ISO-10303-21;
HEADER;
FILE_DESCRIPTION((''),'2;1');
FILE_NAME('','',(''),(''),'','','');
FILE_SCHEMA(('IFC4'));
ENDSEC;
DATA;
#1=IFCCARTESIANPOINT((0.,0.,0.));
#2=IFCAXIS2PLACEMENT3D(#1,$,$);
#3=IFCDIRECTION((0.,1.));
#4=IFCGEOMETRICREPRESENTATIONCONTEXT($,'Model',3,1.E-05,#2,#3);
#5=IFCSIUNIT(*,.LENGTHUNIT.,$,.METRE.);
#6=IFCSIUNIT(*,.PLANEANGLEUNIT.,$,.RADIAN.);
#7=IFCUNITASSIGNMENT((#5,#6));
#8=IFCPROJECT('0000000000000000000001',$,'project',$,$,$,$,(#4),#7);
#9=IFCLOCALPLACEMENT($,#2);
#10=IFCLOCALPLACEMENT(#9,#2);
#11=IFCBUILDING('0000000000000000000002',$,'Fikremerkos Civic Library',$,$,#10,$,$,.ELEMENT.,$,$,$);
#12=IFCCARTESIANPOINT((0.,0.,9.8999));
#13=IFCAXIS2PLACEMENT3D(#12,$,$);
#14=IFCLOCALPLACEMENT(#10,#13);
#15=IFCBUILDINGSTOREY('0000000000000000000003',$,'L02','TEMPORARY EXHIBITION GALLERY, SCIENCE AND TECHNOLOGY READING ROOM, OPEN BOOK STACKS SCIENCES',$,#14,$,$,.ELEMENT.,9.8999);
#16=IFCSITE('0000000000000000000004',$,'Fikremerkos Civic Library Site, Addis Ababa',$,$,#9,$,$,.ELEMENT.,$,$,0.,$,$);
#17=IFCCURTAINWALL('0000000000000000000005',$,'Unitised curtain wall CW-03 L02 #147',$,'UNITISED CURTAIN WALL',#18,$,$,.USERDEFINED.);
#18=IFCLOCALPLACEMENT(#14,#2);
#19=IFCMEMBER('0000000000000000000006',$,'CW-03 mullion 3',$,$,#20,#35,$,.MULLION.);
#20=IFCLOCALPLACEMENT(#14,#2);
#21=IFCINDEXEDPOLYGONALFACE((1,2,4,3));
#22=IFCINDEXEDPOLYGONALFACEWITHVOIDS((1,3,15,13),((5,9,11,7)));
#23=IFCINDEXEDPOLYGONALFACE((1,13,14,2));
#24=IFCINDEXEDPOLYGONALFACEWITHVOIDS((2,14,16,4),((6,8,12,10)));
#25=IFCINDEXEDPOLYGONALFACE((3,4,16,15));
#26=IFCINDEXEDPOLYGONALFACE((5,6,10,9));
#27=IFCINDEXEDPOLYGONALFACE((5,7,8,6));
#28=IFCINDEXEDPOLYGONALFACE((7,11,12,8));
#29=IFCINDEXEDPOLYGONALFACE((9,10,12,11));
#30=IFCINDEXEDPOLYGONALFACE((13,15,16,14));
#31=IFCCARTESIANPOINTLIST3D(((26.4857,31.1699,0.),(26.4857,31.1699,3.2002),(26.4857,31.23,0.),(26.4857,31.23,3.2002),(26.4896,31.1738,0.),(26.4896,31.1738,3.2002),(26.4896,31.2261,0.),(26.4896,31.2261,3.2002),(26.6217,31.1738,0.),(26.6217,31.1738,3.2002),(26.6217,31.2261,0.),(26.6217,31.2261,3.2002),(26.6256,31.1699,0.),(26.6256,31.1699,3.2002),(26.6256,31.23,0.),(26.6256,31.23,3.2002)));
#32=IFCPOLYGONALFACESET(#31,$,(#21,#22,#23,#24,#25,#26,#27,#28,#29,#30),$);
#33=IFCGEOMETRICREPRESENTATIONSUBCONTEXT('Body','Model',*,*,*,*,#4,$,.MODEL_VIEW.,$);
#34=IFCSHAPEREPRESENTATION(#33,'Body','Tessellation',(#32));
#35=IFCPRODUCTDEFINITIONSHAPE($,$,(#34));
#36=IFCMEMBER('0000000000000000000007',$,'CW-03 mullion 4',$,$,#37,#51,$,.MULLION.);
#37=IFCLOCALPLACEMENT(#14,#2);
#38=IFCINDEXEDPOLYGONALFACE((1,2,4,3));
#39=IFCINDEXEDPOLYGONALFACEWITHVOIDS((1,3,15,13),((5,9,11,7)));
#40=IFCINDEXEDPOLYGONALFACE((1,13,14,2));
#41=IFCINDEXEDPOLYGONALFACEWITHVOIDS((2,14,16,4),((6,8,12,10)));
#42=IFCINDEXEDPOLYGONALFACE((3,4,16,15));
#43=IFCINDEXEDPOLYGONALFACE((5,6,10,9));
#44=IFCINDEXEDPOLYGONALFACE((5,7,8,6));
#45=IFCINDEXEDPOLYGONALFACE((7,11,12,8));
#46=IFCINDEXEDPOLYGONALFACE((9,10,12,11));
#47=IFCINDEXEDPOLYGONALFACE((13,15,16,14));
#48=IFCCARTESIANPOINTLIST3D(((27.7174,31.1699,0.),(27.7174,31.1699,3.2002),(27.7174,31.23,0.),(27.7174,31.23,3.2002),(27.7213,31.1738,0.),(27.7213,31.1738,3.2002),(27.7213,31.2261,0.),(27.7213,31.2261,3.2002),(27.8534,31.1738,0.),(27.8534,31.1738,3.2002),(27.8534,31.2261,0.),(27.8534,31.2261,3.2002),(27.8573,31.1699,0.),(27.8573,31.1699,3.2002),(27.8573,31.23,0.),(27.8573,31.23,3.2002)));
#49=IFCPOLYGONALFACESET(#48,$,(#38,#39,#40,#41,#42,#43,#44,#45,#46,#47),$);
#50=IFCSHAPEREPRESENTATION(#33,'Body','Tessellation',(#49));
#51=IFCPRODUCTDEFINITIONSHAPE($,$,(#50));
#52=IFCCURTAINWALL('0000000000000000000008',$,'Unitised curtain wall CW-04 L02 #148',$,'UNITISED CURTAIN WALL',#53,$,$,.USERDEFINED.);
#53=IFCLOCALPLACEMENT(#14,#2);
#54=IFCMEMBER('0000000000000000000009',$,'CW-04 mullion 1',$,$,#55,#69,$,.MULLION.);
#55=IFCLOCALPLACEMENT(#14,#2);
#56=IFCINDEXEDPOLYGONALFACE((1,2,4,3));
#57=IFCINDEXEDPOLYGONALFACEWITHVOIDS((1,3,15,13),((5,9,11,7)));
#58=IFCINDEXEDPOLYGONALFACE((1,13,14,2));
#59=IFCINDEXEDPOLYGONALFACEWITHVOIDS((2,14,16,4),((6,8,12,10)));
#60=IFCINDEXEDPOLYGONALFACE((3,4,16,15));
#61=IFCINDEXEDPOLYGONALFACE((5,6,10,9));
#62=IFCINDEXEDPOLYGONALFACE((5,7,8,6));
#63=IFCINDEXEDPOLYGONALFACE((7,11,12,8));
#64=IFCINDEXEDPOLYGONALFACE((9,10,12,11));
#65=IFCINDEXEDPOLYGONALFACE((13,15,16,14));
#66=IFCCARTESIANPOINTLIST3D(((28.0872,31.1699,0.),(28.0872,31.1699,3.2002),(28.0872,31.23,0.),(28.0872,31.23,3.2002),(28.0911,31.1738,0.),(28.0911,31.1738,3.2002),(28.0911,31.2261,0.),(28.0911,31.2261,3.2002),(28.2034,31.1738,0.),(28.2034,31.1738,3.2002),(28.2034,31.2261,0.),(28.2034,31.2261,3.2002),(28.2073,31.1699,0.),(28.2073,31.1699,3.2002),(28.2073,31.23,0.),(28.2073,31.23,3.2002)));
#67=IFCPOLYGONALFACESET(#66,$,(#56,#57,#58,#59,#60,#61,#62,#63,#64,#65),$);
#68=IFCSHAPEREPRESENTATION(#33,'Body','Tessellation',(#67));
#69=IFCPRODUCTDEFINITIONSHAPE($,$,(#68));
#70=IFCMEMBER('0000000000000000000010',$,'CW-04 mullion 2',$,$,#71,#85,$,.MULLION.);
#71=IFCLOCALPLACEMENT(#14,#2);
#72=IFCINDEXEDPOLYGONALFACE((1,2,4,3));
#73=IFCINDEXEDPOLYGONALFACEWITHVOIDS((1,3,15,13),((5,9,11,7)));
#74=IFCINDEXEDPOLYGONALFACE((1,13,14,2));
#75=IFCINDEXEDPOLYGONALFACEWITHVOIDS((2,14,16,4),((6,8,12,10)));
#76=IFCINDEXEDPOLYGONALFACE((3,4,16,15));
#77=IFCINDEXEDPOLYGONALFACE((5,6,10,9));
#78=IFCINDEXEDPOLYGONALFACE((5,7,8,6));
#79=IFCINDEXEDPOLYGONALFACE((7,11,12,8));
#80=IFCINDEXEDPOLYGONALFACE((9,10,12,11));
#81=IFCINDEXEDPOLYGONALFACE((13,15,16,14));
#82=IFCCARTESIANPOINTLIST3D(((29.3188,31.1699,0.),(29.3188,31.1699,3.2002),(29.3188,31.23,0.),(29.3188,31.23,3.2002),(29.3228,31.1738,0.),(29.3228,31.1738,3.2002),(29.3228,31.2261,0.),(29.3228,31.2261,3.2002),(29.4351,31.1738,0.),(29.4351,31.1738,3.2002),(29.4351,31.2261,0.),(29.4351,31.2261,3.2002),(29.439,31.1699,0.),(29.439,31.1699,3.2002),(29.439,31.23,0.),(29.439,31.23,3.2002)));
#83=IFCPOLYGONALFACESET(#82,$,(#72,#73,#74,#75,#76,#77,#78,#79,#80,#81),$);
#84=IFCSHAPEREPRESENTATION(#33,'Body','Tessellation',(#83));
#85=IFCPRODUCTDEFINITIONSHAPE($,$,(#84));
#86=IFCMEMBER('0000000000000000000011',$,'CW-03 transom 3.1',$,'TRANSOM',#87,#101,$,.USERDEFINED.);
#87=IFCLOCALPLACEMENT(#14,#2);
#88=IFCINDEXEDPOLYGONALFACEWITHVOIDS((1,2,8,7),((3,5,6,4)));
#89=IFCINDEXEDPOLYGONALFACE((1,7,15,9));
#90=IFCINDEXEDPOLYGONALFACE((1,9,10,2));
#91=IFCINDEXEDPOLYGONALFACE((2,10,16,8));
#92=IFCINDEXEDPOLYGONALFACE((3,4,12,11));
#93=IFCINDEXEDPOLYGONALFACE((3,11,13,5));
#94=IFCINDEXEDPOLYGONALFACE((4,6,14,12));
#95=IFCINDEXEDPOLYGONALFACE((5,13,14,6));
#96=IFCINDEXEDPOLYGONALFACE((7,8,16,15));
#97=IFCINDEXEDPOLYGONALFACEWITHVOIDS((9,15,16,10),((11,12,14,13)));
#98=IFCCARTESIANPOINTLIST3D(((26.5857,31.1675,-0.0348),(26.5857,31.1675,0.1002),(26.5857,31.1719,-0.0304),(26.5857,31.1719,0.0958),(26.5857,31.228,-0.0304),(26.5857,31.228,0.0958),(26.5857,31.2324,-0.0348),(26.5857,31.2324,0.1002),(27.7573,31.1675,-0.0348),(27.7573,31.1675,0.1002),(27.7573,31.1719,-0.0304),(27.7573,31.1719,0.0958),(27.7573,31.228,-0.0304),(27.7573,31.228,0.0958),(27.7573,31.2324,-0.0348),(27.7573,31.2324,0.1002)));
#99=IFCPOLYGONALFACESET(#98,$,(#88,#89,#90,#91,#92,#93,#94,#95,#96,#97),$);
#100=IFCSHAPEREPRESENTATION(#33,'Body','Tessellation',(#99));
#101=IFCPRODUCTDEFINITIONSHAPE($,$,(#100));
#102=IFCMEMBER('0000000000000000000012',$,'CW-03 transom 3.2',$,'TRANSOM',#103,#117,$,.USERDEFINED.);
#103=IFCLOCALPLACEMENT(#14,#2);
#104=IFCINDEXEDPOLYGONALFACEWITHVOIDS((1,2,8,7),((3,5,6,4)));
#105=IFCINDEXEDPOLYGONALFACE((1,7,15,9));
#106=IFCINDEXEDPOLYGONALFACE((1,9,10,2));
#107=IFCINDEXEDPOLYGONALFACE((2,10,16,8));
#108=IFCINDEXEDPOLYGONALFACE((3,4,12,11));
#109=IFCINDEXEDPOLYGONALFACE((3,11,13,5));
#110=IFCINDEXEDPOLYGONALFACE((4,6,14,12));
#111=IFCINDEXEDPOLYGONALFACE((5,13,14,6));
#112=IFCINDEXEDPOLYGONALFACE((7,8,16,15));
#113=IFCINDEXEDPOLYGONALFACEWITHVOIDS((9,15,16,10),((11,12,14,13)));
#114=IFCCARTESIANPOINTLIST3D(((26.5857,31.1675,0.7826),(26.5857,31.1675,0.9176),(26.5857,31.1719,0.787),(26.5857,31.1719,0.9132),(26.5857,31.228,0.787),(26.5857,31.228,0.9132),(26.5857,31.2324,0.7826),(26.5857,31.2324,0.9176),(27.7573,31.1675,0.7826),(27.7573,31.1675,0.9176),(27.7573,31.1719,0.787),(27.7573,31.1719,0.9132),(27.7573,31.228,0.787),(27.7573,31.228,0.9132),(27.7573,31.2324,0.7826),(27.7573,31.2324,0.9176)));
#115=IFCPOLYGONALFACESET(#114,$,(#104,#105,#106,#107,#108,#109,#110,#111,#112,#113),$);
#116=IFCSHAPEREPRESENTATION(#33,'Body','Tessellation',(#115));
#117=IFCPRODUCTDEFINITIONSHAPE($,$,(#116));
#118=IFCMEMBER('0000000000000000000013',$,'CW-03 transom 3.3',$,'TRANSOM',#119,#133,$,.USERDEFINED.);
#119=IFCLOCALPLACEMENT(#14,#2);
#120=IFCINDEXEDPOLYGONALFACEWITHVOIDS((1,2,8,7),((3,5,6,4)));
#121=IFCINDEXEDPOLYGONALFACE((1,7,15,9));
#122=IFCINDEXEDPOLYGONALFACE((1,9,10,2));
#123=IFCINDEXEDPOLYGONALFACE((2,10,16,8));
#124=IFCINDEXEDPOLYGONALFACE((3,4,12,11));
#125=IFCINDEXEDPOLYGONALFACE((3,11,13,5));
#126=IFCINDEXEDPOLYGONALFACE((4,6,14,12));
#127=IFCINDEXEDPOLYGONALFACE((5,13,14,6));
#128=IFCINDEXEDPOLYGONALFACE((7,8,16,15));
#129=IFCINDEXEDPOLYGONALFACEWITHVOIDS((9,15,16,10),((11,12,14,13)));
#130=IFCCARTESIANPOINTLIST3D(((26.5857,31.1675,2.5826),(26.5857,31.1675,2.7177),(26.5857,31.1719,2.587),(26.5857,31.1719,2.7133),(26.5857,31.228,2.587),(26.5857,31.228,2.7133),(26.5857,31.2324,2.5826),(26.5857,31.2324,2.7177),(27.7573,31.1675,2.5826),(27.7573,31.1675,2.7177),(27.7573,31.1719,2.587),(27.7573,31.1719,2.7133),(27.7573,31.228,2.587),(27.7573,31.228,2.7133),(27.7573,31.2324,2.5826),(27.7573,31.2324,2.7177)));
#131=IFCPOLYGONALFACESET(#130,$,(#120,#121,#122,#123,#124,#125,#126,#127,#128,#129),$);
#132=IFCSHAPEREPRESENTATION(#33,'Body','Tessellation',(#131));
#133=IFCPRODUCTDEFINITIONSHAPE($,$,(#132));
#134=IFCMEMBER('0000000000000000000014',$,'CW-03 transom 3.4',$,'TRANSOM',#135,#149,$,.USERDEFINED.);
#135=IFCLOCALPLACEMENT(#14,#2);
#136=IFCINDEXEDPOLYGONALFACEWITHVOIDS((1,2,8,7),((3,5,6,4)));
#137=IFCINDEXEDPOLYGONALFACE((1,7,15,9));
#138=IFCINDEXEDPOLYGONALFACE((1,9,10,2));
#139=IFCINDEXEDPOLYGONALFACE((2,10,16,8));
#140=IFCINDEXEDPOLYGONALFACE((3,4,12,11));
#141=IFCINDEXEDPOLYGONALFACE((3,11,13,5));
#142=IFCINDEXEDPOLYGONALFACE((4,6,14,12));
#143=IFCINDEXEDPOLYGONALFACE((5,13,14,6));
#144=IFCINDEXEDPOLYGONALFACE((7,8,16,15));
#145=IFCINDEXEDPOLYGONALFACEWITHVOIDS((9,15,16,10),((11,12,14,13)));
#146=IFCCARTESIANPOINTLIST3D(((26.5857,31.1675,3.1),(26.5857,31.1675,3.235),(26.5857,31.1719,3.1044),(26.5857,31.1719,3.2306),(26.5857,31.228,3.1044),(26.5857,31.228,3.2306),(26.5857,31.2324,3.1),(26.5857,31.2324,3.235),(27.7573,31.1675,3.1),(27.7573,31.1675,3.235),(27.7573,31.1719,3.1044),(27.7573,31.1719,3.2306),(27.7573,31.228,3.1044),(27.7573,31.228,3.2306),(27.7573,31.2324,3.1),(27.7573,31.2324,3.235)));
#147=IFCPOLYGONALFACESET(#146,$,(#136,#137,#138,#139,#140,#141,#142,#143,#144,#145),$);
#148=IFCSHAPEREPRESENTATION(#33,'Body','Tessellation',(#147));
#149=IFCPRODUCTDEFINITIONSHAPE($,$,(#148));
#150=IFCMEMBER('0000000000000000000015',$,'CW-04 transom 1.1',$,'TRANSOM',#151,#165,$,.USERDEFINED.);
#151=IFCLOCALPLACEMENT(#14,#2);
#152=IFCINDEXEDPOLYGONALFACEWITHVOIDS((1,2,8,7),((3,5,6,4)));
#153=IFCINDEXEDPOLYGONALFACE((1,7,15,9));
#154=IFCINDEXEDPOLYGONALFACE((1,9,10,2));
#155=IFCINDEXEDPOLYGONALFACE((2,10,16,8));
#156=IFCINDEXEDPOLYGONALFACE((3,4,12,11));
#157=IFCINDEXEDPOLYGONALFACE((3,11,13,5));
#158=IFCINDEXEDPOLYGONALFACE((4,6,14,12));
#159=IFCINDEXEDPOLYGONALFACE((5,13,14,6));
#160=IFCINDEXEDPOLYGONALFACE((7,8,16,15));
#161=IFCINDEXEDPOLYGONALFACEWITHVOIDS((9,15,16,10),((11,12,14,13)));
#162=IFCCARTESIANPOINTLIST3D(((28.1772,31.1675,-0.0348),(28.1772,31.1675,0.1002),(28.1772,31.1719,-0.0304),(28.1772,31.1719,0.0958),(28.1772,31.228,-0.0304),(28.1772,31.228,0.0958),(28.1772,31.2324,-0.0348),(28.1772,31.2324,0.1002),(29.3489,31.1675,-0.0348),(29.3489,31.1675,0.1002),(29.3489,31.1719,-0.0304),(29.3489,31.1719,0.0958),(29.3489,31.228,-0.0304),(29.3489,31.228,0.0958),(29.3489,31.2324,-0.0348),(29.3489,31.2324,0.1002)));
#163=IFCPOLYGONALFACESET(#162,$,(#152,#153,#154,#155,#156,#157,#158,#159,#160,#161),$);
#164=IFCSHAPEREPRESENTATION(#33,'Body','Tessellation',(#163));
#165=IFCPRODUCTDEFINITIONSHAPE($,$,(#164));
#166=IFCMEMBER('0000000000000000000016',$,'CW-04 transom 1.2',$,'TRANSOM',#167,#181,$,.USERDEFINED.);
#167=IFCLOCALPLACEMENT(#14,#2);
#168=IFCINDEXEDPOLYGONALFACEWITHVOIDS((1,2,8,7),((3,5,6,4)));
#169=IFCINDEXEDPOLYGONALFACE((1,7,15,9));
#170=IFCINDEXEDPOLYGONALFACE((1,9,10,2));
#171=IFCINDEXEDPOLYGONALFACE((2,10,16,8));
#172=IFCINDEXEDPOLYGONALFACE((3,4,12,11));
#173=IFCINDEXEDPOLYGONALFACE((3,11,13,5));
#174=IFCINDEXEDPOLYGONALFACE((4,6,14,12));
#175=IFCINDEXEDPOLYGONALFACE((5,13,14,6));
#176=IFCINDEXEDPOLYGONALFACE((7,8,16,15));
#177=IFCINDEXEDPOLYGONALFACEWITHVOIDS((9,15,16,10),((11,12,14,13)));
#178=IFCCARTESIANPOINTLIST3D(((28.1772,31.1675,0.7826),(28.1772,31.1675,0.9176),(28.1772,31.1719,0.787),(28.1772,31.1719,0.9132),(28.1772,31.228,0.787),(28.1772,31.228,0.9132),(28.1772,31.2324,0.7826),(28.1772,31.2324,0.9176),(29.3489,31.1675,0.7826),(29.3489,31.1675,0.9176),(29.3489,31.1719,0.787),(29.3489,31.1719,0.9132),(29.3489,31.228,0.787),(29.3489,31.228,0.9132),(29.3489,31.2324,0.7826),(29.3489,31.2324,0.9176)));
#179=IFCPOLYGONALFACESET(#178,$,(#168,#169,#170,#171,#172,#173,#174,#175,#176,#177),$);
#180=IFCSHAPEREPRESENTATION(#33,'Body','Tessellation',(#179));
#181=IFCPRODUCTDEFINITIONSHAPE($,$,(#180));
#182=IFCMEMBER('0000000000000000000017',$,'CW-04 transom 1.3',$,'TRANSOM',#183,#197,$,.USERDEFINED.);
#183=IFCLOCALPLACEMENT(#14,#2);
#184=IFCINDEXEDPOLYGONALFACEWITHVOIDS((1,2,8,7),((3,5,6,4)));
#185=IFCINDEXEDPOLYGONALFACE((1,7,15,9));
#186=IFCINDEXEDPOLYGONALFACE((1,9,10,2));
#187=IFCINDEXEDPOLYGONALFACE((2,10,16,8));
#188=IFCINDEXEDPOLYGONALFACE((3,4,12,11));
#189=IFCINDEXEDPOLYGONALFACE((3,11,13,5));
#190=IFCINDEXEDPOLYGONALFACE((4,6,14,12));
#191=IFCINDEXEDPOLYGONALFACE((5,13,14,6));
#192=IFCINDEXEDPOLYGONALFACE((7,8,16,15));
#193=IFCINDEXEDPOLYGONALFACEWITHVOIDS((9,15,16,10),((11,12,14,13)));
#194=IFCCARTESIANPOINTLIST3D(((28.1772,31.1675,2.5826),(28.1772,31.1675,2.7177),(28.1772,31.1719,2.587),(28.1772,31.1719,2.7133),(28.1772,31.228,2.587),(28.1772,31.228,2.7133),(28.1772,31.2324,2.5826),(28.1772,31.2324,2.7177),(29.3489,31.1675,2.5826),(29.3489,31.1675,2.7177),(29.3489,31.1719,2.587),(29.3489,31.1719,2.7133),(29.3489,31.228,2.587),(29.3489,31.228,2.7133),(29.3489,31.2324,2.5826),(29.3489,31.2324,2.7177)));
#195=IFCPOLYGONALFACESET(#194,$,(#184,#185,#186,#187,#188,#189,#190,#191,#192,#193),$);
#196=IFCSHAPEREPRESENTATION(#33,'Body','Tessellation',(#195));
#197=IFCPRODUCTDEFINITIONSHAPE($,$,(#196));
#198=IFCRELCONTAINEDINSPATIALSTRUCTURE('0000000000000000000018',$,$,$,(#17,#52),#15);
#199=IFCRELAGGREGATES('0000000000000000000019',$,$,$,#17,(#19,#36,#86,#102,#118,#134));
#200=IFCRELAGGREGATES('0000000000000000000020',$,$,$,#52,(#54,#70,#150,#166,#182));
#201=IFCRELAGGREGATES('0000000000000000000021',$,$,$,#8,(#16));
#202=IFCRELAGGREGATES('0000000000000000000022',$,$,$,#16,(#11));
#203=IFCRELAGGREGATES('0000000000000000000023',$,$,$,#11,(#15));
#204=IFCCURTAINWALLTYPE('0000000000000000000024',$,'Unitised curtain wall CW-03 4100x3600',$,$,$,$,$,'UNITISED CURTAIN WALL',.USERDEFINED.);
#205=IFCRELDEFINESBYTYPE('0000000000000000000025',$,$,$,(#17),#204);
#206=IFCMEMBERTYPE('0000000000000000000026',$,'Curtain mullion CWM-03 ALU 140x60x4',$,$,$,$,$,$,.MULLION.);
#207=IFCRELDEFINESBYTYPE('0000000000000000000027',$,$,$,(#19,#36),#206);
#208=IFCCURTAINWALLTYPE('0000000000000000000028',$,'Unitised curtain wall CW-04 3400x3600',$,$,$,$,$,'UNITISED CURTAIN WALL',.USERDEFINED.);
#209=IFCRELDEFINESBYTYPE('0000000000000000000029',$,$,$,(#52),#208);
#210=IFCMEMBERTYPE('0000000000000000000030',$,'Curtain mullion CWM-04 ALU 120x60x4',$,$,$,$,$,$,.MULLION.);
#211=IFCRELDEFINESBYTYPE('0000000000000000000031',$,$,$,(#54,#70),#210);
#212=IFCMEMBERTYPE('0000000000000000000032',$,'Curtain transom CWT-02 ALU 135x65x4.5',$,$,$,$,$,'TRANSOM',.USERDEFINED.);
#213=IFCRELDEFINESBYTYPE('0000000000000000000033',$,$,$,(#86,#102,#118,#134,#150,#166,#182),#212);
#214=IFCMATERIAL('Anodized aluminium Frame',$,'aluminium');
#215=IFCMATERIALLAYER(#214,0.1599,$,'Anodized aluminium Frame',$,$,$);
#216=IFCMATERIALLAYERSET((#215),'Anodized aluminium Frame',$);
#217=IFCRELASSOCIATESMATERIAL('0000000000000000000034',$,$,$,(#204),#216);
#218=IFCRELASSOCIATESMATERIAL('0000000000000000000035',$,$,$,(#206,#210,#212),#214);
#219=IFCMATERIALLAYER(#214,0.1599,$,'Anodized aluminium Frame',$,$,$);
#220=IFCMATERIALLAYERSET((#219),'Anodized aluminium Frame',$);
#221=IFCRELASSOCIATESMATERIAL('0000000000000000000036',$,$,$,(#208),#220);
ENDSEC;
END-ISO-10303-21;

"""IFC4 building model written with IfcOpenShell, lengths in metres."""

from ifc_helpers import new_model, si_unit, direction, frame, origin, origin_2d, place, context, subcontext, project, spatial, hollow_rectangle, extrude, material, layer, layer_set, material_profile, profile_set, type_object, element, aggregate, save


model = new_model("IFC4")

# Units and contexts
model_context = context("Model", 3, precision=1e-05, world=origin(), true_north=direction((0.0, 1.0)))
body_context = subcontext(model_context, "Body", "Model", "MODEL_VIEW")
ifc_project = project(units=[si_unit("LENGTHUNIT", "METRE"), si_unit("PLANEANGLEUNIT", "RADIAN")], contexts=[model_context])

# Site, building, storey
site_placement = place(None, origin())
site = spatial("IfcSite", under=ifc_project, at=site_placement, Name="Fikremerkos Civic Library Site, Addis Ababa", CompositionType="ELEMENT", RefElevation=0.0)
building_placement = place(site_placement, origin())
building = spatial("IfcBuilding", under=site, at=building_placement, Name="Fikremerkos Civic Library", CompositionType="ELEMENT")
storey_placement = place(building_placement, frame((0.0, 0.0, 9.8999)))
storey = spatial("IfcBuildingStorey", under=building, at=storey_placement, Name="L02", Description="TEMPORARY EXHIBITION GALLERY, SCIENCE AND TECHNOLOGY READING ROOM, OPEN BOOK STACKS SCIENCES", CompositionType="ELEMENT", Elevation=9.8999)

# Curtain walls, members
ifc_material_1 = material(Name="Anodized aluminium Frame", Category="aluminium")
ifc_layer_1 = layer(ifc_material_1, 0.1599, Name="Anodized aluminium Frame")
ifc_layer_set_1 = layer_set([ifc_layer_1], Name="Anodized aluminium Frame")
curtain_wall_type_1 = type_object("IfcCurtainWallType", Name="Unitised curtain wall CW-03 4100x3600", ElementType="UNITISED CURTAIN WALL", PredefinedType="USERDEFINED", material=ifc_layer_set_1)
curtain_wall_1_placement = place(storey_placement, origin())
curtain_wall_1 = element("IfcCurtainWall", 1, at=curtain_wall_1_placement, inside=storey, type_object=curtain_wall_type_1, Name="Unitised curtain wall CW-03 L02 #147", ObjectType="UNITISED CURTAIN WALL", PredefinedType="USERDEFINED")
ifc_material_profile_1 = material_profile(ifc_material_1, hollow_rectangle(XDim=0.0601, YDim=0.1399, WallThickness=0.0039, at=origin_2d()), Name="ALU 140x60x4")
ifc_profile_set_1 = profile_set([ifc_material_profile_1], Name="Anodized aluminium Frame")
member_type_1 = type_object("IfcMemberType", Name="Curtain mullion CWM-03 ALU 140x60x4", PredefinedType="MULLION", material=ifc_profile_set_1)
member_1_placement = place(storey_placement, frame((26.5557, 31.2, 0.0), z_axis=(0.0, 0.0, 1.0), x_axis=(0.0, 1.0, 0.0)))
member_1 = element("IfcMember", 2, at=member_1_placement, type_object=member_type_1, Name="CW-03 mullion 3", PredefinedType="MULLION", context=body_context, shape_type="SweptSolid", body=[
    extrude(hollow_rectangle(XDim=0.0601, YDim=0.1399, WallThickness=0.0039, at=origin_2d()), origin(), (0.0, 0.0, 1.0), 3.2002),
])
member_2_placement = place(storey_placement, frame((27.7874, 31.2, 0.0), z_axis=(0.0, 0.0, 1.0), x_axis=(0.0, 1.0, 0.0)))
member_2 = element("IfcMember", 3, at=member_2_placement, type_object=member_type_1, Name="CW-03 mullion 4", PredefinedType="MULLION", context=body_context, shape_type="SweptSolid", body=[
    extrude(hollow_rectangle(XDim=0.0601, YDim=0.1399, WallThickness=0.0039, at=origin_2d()), origin(), (0.0, 0.0, 1.0), 3.2002),
])
ifc_layer_2 = layer(ifc_material_1, 0.1599, Name="Anodized aluminium Frame")
ifc_layer_set_2 = layer_set([ifc_layer_2], Name="Anodized aluminium Frame")
curtain_wall_type_2 = type_object("IfcCurtainWallType", Name="Unitised curtain wall CW-04 3400x3600", ElementType="UNITISED CURTAIN WALL", PredefinedType="USERDEFINED", material=ifc_layer_set_2)
curtain_wall_2_placement = place(storey_placement, origin())
curtain_wall_2 = element("IfcCurtainWall", 4, at=curtain_wall_2_placement, inside=storey, type_object=curtain_wall_type_2, Name="Unitised curtain wall CW-04 L02 #148", ObjectType="UNITISED CURTAIN WALL", PredefinedType="USERDEFINED")
ifc_material_profile_2 = material_profile(ifc_material_1, hollow_rectangle(XDim=0.0601, YDim=0.1201, WallThickness=0.0039, at=origin_2d()), Name="ALU 120x60x4")
ifc_profile_set_2 = profile_set([ifc_material_profile_2], Name="Anodized aluminium Frame")
member_type_2 = type_object("IfcMemberType", Name="Curtain mullion CWM-04 ALU 120x60x4", PredefinedType="MULLION", material=ifc_profile_set_2)
member_3_placement = place(storey_placement, frame((28.1472, 31.2, 0.0), z_axis=(0.0, 0.0, 1.0), x_axis=(0.0, 1.0, 0.0)))
member_3 = element("IfcMember", 5, at=member_3_placement, type_object=member_type_2, Name="CW-04 mullion 1", PredefinedType="MULLION", context=body_context, shape_type="SweptSolid", body=[
    extrude(hollow_rectangle(XDim=0.0601, YDim=0.1201, WallThickness=0.0039, at=origin_2d()), origin(), (0.0, 0.0, 1.0), 3.2002),
])
member_4_placement = place(storey_placement, frame((29.3789, 31.2, 0.0), z_axis=(0.0, 0.0, 1.0), x_axis=(0.0, 1.0, 0.0)))
member_4 = element("IfcMember", 6, at=member_4_placement, type_object=member_type_2, Name="CW-04 mullion 2", PredefinedType="MULLION", context=body_context, shape_type="SweptSolid", body=[
    extrude(hollow_rectangle(XDim=0.0601, YDim=0.1201, WallThickness=0.0039, at=origin_2d()), origin(), (0.0, 0.0, 1.0), 3.2002),
])

# Members
ifc_material_profile_3 = material_profile(ifc_material_1, hollow_rectangle(XDim=0.0649, YDim=0.135, WallThickness=0.0044, at=origin_2d()), Name="ALU 135x65x4.5")
ifc_profile_set_3 = profile_set([ifc_material_profile_3], Name="Anodized aluminium Frame")
member_type_3 = type_object("IfcMemberType", Name="Curtain transom CWT-02 ALU 135x65x4.5", ElementType="TRANSOM", PredefinedType="USERDEFINED", material=ifc_profile_set_3)
member_5_placement = place(storey_placement, frame((26.5857, 31.2, 0.0327), z_axis=(1.0, 0.0, 0.0), x_axis=(0.0, 1.0, 0.0)))
member_5 = element("IfcMember", 7, at=member_5_placement, type_object=member_type_3, Name="CW-03 transom 3.1", ObjectType="TRANSOM", PredefinedType="USERDEFINED", context=body_context, shape_type="SweptSolid", body=[
    extrude(hollow_rectangle(XDim=0.0649, YDim=0.135, WallThickness=0.0044, at=origin_2d()), origin(), (0.0, 0.0, 1.0), 1.1716),
])
member_6_placement = place(storey_placement, frame((26.5857, 31.2, 0.8501), z_axis=(1.0, 0.0, 0.0), x_axis=(0.0, 1.0, 0.0)))
member_6 = element("IfcMember", 8, at=member_6_placement, type_object=member_type_3, Name="CW-03 transom 3.2", ObjectType="TRANSOM", PredefinedType="USERDEFINED", context=body_context, shape_type="SweptSolid", body=[
    extrude(hollow_rectangle(XDim=0.0649, YDim=0.135, WallThickness=0.0044, at=origin_2d()), origin(), (0.0, 0.0, 1.0), 1.1716),
])
member_7_placement = place(storey_placement, frame((26.5857, 31.2, 2.6501), z_axis=(1.0, 0.0, 0.0), x_axis=(0.0, 1.0, 0.0)))
member_7 = element("IfcMember", 9, at=member_7_placement, type_object=member_type_3, Name="CW-03 transom 3.3", ObjectType="TRANSOM", PredefinedType="USERDEFINED", context=body_context, shape_type="SweptSolid", body=[
    extrude(hollow_rectangle(XDim=0.0649, YDim=0.135, WallThickness=0.0044, at=origin_2d()), origin(), (0.0, 0.0, 1.0), 1.1716),
])
member_8_placement = place(storey_placement, frame((26.5857, 31.2, 3.1675), z_axis=(1.0, 0.0, 0.0), x_axis=(0.0, 1.0, 0.0)))
member_8 = element("IfcMember", 10, at=member_8_placement, type_object=member_type_3, Name="CW-03 transom 3.4", ObjectType="TRANSOM", PredefinedType="USERDEFINED", context=body_context, shape_type="SweptSolid", body=[
    extrude(hollow_rectangle(XDim=0.0649, YDim=0.135, WallThickness=0.0044, at=origin_2d()), origin(), (0.0, 0.0, 1.0), 1.1716),
])
member_9_placement = place(storey_placement, frame((28.1772, 31.2, 0.0327), z_axis=(1.0, 0.0, 0.0), x_axis=(0.0, 1.0, 0.0)))
member_9 = element("IfcMember", 11, at=member_9_placement, type_object=member_type_3, Name="CW-04 transom 1.1", ObjectType="TRANSOM", PredefinedType="USERDEFINED", context=body_context, shape_type="SweptSolid", body=[
    extrude(hollow_rectangle(XDim=0.0649, YDim=0.135, WallThickness=0.0044, at=origin_2d()), origin(), (0.0, 0.0, 1.0), 1.1716),
])
member_10_placement = place(storey_placement, frame((28.1772, 31.2, 0.8501), z_axis=(1.0, 0.0, 0.0), x_axis=(0.0, 1.0, 0.0)))
member_10 = element("IfcMember", 12, at=member_10_placement, type_object=member_type_3, Name="CW-04 transom 1.2", ObjectType="TRANSOM", PredefinedType="USERDEFINED", context=body_context, shape_type="SweptSolid", body=[
    extrude(hollow_rectangle(XDim=0.0649, YDim=0.135, WallThickness=0.0044, at=origin_2d()), origin(), (0.0, 0.0, 1.0), 1.1716),
])
member_11_placement = place(storey_placement, frame((28.1772, 31.2, 2.6501), z_axis=(1.0, 0.0, 0.0), x_axis=(0.0, 1.0, 0.0)))
member_11 = element("IfcMember", 13, at=member_11_placement, type_object=member_type_3, Name="CW-04 transom 1.3", ObjectType="TRANSOM", PredefinedType="USERDEFINED", context=body_context, shape_type="SweptSolid", body=[
    extrude(hollow_rectangle(XDim=0.0649, YDim=0.135, WallThickness=0.0044, at=origin_2d()), origin(), (0.0, 0.0, 1.0), 1.1716),
])

aggregate(curtain_wall_1, [member_1, member_2, member_5, member_6, member_7, member_8])
aggregate(curtain_wall_2, [member_3, member_4, member_9, member_10, member_11])

save(model, "model.ifc")
